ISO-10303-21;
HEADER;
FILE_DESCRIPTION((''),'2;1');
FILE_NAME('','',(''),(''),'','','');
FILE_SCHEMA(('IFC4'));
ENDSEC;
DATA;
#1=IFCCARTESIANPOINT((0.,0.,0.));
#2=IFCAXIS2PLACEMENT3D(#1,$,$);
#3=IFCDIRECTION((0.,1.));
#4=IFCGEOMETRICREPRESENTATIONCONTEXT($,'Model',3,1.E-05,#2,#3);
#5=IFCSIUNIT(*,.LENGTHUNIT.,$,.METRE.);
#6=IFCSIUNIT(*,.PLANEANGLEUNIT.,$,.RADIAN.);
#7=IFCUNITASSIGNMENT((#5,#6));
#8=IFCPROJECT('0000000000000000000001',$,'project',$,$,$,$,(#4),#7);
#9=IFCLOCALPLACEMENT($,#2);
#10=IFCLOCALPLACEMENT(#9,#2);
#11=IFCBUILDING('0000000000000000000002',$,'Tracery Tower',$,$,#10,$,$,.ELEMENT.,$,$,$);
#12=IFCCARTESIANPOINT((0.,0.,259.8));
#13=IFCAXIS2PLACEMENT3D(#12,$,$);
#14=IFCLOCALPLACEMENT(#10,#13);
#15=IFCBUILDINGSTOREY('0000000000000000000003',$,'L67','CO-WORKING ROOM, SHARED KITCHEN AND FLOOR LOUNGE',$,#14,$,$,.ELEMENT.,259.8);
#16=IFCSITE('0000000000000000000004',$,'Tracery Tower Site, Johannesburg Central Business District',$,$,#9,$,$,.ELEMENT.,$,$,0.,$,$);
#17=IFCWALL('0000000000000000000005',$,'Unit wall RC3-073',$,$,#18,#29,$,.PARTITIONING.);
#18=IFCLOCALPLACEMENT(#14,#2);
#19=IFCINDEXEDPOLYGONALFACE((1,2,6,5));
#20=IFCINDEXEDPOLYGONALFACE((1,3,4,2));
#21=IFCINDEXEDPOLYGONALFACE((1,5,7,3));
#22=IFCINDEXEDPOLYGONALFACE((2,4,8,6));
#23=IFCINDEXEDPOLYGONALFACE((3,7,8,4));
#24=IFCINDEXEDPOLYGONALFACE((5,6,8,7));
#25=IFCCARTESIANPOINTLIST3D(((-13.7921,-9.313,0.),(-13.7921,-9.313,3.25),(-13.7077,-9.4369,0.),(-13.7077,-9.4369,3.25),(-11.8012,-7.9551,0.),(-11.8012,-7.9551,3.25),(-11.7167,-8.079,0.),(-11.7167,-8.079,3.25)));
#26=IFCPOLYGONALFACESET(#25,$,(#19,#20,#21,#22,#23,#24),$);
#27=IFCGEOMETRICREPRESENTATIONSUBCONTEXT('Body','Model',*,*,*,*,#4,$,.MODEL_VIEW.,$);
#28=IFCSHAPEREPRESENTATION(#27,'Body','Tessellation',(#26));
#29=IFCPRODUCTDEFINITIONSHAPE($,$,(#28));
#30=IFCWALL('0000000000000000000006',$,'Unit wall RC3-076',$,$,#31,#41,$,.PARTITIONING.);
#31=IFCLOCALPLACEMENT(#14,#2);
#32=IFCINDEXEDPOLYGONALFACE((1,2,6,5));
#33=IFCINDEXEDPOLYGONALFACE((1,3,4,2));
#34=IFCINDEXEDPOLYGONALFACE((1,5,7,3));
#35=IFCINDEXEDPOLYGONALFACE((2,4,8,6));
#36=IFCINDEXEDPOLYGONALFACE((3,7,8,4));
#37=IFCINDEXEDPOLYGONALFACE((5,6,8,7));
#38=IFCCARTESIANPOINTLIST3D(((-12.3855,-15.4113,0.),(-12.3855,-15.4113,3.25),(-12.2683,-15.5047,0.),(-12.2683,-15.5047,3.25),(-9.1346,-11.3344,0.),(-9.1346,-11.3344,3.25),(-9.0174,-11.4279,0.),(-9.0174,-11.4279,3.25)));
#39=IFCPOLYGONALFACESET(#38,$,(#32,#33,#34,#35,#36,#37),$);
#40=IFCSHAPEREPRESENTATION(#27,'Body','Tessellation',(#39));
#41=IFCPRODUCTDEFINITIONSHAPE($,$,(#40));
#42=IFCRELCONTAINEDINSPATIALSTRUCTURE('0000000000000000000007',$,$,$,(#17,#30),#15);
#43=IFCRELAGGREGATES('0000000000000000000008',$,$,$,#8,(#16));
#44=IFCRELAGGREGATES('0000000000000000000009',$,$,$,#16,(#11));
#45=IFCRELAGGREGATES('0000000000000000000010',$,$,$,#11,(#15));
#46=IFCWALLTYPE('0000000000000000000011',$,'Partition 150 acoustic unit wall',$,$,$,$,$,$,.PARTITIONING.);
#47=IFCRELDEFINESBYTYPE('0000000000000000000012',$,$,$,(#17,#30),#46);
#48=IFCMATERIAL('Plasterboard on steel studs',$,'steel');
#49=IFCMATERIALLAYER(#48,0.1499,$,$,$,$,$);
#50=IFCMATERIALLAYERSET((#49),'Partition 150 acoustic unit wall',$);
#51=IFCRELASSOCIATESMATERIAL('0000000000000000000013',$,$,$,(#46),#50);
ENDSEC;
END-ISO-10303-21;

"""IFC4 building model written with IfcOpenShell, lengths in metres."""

from ifc_helpers import new_model, si_unit, direction, frame, frame_2d, origin, place, context, subcontext, project, spatial, rectangle, extrude, material, layer, layer_set, type_object, element, save


model = new_model("IFC4")

# Units and contexts
model_context = context("Model", 3, precision=1e-05, world=origin(), true_north=direction((0.0, 1.0)))
body_context = subcontext(model_context, "Body", "Model", "MODEL_VIEW")
ifc_project = project(units=[si_unit("LENGTHUNIT", "METRE"), si_unit("PLANEANGLEUNIT", "RADIAN")], contexts=[model_context])

# Site, building, storey
site_placement = place(None, origin())
site = spatial("IfcSite", under=ifc_project, at=site_placement, Name="Tracery Tower Site, Johannesburg Central Business District", CompositionType="ELEMENT", RefElevation=0.0)
building_placement = place(site_placement, origin())
building = spatial("IfcBuilding", under=site, at=building_placement, Name="Tracery Tower", CompositionType="ELEMENT")
storey_placement = place(building_placement, frame((0.0, 0.0, 259.8)))
storey = spatial("IfcBuildingStorey", under=building, at=storey_placement, Name="L67", Description="CO-WORKING ROOM, SHARED KITCHEN AND FLOOR LOUNGE", CompositionType="ELEMENT", Elevation=259.8)

# Walls
ifc_material_1 = material(Name="Plasterboard on steel studs", Category="steel")
ifc_layer_1 = layer(ifc_material_1, 0.1499)
ifc_layer_set_1 = layer_set([ifc_layer_1], Name="Partition 150 acoustic unit wall")
wall_type_1 = type_object("IfcWallType", Name="Partition 150 acoustic unit wall", PredefinedType="PARTITIONING", material=ifc_layer_set_1)
wall_1_placement = place(storey_placement, frame((-13.75, -9.375, 0.0), z_axis=(0.0, 0.0, 1.0), x_axis=(0.826144, 0.563459, 0.0)))
element("IfcWall", 1, at=wall_1_placement, inside=storey, type_object=wall_type_1, Name="Unit wall RC3-073", PredefinedType="PARTITIONING", context=body_context, shape_type="SweptSolid", body=[
    extrude(rectangle(XDim=2.4099, YDim=0.1499, at=frame_2d((1.2051, 0.0))), origin(), (0.0, 0.0, 1.0), 3.25),
])
wall_2_placement = place(storey_placement, frame((-12.3269, -15.458, 0.0), z_axis=(0.0, 0.0, 1.0), x_axis=(0.623461, 0.781854, 0.0)))
element("IfcWall", 2, at=wall_2_placement, inside=storey, type_object=wall_type_1, Name="Unit wall RC3-076", PredefinedType="PARTITIONING", context=body_context, shape_type="SweptSolid", body=[
    extrude(rectangle(XDim=5.2144, YDim=0.1499, at=frame_2d((2.6072, 0.0))), origin(), (0.0, 0.0, 1.0), 3.25),
])

save(model, "model.ifc")
